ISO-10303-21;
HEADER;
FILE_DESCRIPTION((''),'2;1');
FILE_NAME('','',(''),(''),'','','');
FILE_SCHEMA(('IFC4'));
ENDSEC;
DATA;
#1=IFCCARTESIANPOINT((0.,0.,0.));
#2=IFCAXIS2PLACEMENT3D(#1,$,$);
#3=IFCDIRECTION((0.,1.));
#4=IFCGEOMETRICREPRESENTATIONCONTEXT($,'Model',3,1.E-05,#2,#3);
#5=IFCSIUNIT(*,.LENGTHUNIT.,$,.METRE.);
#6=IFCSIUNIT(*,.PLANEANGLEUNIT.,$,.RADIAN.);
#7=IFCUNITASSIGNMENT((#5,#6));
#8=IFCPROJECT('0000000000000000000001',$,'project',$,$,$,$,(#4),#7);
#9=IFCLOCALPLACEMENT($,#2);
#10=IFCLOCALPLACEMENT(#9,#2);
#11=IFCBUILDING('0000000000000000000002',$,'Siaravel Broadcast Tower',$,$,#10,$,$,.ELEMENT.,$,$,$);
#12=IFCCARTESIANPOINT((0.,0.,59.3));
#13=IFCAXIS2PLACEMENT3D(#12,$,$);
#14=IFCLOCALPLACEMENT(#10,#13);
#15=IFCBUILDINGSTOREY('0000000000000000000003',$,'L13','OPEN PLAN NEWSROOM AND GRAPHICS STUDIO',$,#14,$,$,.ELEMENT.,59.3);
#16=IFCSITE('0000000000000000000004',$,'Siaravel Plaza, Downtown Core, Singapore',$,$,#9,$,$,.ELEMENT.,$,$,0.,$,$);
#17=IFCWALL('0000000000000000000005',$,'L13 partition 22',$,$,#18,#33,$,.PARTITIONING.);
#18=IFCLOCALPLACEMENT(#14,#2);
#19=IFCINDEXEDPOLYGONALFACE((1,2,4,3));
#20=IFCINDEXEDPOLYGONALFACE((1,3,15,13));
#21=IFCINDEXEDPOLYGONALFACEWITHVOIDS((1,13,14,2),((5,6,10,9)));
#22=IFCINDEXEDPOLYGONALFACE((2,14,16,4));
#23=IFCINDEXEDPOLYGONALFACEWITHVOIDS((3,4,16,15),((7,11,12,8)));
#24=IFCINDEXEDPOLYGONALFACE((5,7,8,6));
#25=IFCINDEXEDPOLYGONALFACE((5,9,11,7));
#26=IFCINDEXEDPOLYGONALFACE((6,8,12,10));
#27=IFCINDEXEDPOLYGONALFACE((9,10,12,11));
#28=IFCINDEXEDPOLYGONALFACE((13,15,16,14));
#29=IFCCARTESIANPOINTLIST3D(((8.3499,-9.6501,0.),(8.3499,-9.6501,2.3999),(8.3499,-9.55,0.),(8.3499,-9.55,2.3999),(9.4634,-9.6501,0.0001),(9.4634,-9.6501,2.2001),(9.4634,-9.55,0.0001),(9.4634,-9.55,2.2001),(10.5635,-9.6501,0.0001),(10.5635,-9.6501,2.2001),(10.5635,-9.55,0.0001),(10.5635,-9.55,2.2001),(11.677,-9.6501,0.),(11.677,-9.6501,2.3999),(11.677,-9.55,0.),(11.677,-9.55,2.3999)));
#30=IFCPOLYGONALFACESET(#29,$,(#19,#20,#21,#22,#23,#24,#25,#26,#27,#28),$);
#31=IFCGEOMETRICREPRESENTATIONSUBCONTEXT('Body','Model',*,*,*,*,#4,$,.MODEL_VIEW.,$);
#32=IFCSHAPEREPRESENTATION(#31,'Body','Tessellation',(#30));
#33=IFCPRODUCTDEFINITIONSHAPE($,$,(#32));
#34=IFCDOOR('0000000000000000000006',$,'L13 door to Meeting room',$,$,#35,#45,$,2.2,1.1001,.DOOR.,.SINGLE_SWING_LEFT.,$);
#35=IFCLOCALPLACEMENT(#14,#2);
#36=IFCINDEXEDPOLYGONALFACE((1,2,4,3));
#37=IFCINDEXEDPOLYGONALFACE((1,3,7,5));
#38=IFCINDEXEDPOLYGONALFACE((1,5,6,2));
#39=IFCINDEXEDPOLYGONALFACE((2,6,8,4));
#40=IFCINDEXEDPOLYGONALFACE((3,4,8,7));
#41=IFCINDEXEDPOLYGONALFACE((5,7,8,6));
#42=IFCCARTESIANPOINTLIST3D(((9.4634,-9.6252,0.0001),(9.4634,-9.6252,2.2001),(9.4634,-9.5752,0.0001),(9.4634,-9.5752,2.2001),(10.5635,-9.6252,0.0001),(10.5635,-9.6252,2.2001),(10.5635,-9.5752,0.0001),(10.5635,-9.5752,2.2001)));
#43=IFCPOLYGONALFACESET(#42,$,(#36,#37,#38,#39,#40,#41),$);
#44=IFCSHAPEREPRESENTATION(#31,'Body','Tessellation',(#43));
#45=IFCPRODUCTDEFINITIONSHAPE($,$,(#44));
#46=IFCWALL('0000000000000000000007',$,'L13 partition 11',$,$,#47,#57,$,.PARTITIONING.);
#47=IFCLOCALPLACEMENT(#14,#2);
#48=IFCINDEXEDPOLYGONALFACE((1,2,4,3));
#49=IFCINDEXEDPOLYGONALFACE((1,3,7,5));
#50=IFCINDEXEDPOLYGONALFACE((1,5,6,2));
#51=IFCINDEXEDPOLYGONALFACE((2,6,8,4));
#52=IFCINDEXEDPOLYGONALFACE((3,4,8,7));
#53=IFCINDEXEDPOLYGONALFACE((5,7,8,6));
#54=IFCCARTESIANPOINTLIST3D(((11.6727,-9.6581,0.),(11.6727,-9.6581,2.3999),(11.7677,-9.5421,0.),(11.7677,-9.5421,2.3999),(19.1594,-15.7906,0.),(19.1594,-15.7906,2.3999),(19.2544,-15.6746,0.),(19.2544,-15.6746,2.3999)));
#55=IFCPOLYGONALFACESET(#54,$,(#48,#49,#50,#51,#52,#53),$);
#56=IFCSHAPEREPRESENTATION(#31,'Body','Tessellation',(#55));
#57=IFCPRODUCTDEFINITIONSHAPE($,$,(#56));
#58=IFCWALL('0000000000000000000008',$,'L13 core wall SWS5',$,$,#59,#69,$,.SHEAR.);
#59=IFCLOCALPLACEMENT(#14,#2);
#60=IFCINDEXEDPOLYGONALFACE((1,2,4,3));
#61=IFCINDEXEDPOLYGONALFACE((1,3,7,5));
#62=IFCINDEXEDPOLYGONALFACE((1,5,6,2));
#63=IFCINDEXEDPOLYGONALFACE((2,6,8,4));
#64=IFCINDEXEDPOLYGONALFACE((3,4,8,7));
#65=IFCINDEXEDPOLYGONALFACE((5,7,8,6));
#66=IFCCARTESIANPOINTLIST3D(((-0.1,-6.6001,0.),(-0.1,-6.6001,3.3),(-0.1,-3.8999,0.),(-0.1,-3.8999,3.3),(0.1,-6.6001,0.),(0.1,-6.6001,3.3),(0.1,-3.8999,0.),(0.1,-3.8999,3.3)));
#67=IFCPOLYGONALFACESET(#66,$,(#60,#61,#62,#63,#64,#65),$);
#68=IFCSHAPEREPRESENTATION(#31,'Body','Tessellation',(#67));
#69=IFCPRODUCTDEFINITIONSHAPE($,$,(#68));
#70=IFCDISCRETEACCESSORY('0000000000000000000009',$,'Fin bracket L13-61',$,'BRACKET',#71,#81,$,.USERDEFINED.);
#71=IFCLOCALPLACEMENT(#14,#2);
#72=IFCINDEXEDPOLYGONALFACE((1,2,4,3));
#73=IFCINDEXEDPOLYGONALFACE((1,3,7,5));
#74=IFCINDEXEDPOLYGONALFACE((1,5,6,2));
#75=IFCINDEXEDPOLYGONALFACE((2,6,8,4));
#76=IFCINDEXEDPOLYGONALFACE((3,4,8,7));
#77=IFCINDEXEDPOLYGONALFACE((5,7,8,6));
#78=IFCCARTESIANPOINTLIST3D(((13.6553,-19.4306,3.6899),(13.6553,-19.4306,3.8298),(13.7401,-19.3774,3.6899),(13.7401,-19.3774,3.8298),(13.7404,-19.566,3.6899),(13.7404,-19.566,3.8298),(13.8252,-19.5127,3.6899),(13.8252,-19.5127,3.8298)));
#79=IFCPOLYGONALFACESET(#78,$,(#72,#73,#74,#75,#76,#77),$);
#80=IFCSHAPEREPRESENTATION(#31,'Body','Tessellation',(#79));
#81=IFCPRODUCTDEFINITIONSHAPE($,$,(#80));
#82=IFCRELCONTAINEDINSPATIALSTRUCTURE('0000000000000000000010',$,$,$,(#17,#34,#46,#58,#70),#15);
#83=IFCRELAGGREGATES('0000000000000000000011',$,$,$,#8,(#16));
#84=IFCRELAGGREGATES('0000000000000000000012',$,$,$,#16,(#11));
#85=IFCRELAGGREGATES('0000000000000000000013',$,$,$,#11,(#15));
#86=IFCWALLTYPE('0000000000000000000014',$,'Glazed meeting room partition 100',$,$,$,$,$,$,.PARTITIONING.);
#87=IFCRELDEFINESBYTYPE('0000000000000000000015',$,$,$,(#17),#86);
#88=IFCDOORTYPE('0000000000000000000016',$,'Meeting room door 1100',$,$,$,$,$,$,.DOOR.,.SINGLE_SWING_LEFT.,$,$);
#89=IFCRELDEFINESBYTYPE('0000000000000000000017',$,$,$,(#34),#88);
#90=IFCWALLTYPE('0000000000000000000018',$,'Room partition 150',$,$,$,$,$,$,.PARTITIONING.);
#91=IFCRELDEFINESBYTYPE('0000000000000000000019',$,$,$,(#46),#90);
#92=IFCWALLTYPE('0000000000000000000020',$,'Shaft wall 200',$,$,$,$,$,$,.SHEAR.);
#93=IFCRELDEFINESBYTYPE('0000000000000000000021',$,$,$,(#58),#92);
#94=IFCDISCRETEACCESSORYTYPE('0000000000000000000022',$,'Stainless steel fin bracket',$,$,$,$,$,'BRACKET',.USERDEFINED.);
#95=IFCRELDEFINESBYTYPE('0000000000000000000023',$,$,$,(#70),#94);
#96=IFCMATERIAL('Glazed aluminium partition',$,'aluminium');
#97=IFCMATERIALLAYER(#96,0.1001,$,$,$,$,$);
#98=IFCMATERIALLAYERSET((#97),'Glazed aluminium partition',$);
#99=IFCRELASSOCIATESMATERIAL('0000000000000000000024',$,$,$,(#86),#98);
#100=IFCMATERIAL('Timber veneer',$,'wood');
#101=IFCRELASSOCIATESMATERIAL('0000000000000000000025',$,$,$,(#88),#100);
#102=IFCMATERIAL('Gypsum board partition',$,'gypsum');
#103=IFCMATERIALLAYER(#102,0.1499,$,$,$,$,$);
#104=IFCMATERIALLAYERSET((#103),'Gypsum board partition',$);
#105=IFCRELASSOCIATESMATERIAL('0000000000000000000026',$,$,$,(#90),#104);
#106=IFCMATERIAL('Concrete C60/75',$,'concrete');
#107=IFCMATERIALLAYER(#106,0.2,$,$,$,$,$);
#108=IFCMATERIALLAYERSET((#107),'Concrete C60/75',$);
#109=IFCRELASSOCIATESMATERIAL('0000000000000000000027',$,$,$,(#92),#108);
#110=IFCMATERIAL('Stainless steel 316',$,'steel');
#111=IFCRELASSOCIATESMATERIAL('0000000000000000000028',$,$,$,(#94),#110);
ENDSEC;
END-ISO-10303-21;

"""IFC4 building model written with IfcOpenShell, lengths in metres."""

from ifc_helpers import new_model, si_unit, direction, frame, frame_2d, origin, origin_2d, place, context, subcontext, project, spatial, rectangle, extrude, material, layer, layer_set, type_object, element, fill, save


model = new_model("IFC4")

# Units and contexts
model_context = context("Model", 3, precision=1e-05, world=origin(), true_north=direction((0.0, 1.0)))
body_context = subcontext(model_context, "Body", "Model", "MODEL_VIEW")
ifc_project = project(units=[si_unit("LENGTHUNIT", "METRE"), si_unit("PLANEANGLEUNIT", "RADIAN")], contexts=[model_context])

# Site, building, storey
site_placement = place(None, origin())
site = spatial("IfcSite", under=ifc_project, at=site_placement, Name="Siaravel Plaza, Downtown Core, Singapore", CompositionType="ELEMENT", RefElevation=0.0)
building_placement = place(site_placement, origin())
building = spatial("IfcBuilding", under=site, at=building_placement, Name="Siaravel Broadcast Tower", CompositionType="ELEMENT")
storey_placement = place(building_placement, frame((0.0, 0.0, 59.3)))
storey = spatial("IfcBuildingStorey", under=building, at=storey_placement, Name="L13", Description="OPEN PLAN NEWSROOM AND GRAPHICS STUDIO", CompositionType="ELEMENT", Elevation=59.3)

# Shared definitions
ifc_material_1 = material(Name="Concrete C60/75", Category="concrete")
ifc_material_2 = material(Name="Gypsum board partition", Category="gypsum")
ifc_material_3 = material(Name="Timber veneer", Category="wood")

# Wall, opening, door
ifc_material_4 = material(Name="Glazed aluminium partition", Category="aluminium")
ifc_layer_1 = layer(ifc_material_4, 0.1001)
ifc_layer_set_1 = layer_set([ifc_layer_1], Name="Glazed aluminium partition")
wall_type_1 = type_object("IfcWallType", Name="Glazed meeting room partition 100", PredefinedType="PARTITIONING", material=ifc_layer_set_1)
wall_1_placement = place(storey_placement, frame((8.3499, -9.6001, 0.0), z_axis=(0.0, 0.0, 1.0), x_axis=(1.0, 0.0, 0.0)))
wall_1 = element("IfcWall", 1, at=wall_1_placement, inside=storey, type_object=wall_type_1, Name="L13 partition 22", PredefinedType="PARTITIONING", context=body_context, shape_type="SweptSolid", body=[
    extrude(rectangle(XDim=3.3271, YDim=0.1001, at=frame_2d((1.6636, 0.0))), origin(), (0.0, 0.0, 1.0), 2.3999),
])
opening_1_placement = place(wall_1_placement, frame((1.1135, 0.0, 0.0)))
opening_1 = element("IfcOpeningElement", 2, at=opening_1_placement, cuts=wall_1, PredefinedType="OPENING", context=body_context, shape_type="SweptSolid", body=[
    extrude(rectangle(XDim=1.1001, YDim=2.2, at=frame_2d((0.55, 1.1001))), frame((0.0, 0.0601, 0.0), z_axis=(0.0, -1.0, 0.0), x_axis=(1.0, 0.0, 0.0)), (0.0, 0.0, 1.0), 0.1201),
])
door_type_1 = type_object("IfcDoorType", Name="Meeting room door 1100", OperationType="SINGLE_SWING_LEFT", PredefinedType="DOOR", material=ifc_material_3)
door_1_placement = place(opening_1_placement, origin())
door_1 = element("IfcDoor", 3, at=door_1_placement, inside=storey, type_object=door_type_1, Name="L13 door to Meeting room", OperationType="SINGLE_SWING_LEFT", OverallHeight=2.2, OverallWidth=1.1001, PredefinedType="DOOR", context=body_context, shape_type="SweptSolid", body=[
    extrude(rectangle(XDim=1.1001, YDim=2.2, at=frame_2d((0.55, 1.1001))), frame((0.0, 0.0249, 0.0), z_axis=(0.0, -1.0, 0.0), x_axis=(1.0, 0.0, 0.0)), (0.0, 0.0, 1.0), 0.05),
])
fill(opening_1, door_1)

# Walls
ifc_layer_2 = layer(ifc_material_2, 0.1499)
ifc_layer_set_2 = layer_set([ifc_layer_2], Name="Gypsum board partition")
wall_type_2 = type_object("IfcWallType", Name="Room partition 150", PredefinedType="PARTITIONING", material=ifc_layer_set_2)
wall_2_placement = place(storey_placement, frame((11.7202, -9.6001, 0.0), z_axis=(0.0, 0.0, 1.0), x_axis=(0.773603, -0.63367, 0.0)))
element("IfcWall", 4, at=wall_2_placement, inside=storey, type_object=wall_type_2, Name="L13 partition 11", PredefinedType="PARTITIONING", context=body_context, shape_type="SweptSolid", body=[
    extrude(rectangle(XDim=9.6777, YDim=0.1499, at=frame_2d((4.8389, 0.0))), origin(), (0.0, 0.0, 1.0), 2.3999),
])
ifc_layer_3 = layer(ifc_material_1, 0.2)
ifc_layer_set_3 = layer_set([ifc_layer_3], Name="Concrete C60/75")
wall_type_3 = type_object("IfcWallType", Name="Shaft wall 200", PredefinedType="SHEAR", material=ifc_layer_set_3)
wall_3_placement = place(storey_placement, frame((0.0, -6.6001, 0.0), z_axis=(0.0, 0.0, 1.0), x_axis=(0.0, 1.0, 0.0)))
element("IfcWall", 5, at=wall_3_placement, inside=storey, type_object=wall_type_3, Name="L13 core wall SWS5", PredefinedType="SHEAR", context=body_context, shape_type="SweptSolid", body=[
    extrude(rectangle(XDim=2.7002, YDim=0.2, at=frame_2d((1.3501, 0.0))), origin(), (0.0, 0.0, 1.0), 3.3),
])

# Discrete accessory
ifc_material_5 = material(Name="Stainless steel 316", Category="steel")
discrete_accessory_type = type_object("IfcDiscreteAccessoryType", Name="Stainless steel fin bracket", ElementType="BRACKET", PredefinedType="USERDEFINED", material=ifc_material_5)
discrete_accessory_placement = place(storey_placement, frame((13.7402, -19.4717, 3.6899), z_axis=(0.0, 0.0, 1.0), x_axis=(0.532148, -0.846651, 0.0)))
element("IfcDiscreteAccessory", 6, at=discrete_accessory_placement, inside=storey, type_object=discrete_accessory_type, Name="Fin bracket L13-61", ObjectType="BRACKET", PredefinedType="USERDEFINED", context=body_context, shape_type="SweptSolid", body=[
    extrude(rectangle(XDim=0.1599, YDim=0.1001, at=origin_2d()), origin(), (0.0, 0.0, 1.0), 0.1399),
])

save(model, "model.ifc")
